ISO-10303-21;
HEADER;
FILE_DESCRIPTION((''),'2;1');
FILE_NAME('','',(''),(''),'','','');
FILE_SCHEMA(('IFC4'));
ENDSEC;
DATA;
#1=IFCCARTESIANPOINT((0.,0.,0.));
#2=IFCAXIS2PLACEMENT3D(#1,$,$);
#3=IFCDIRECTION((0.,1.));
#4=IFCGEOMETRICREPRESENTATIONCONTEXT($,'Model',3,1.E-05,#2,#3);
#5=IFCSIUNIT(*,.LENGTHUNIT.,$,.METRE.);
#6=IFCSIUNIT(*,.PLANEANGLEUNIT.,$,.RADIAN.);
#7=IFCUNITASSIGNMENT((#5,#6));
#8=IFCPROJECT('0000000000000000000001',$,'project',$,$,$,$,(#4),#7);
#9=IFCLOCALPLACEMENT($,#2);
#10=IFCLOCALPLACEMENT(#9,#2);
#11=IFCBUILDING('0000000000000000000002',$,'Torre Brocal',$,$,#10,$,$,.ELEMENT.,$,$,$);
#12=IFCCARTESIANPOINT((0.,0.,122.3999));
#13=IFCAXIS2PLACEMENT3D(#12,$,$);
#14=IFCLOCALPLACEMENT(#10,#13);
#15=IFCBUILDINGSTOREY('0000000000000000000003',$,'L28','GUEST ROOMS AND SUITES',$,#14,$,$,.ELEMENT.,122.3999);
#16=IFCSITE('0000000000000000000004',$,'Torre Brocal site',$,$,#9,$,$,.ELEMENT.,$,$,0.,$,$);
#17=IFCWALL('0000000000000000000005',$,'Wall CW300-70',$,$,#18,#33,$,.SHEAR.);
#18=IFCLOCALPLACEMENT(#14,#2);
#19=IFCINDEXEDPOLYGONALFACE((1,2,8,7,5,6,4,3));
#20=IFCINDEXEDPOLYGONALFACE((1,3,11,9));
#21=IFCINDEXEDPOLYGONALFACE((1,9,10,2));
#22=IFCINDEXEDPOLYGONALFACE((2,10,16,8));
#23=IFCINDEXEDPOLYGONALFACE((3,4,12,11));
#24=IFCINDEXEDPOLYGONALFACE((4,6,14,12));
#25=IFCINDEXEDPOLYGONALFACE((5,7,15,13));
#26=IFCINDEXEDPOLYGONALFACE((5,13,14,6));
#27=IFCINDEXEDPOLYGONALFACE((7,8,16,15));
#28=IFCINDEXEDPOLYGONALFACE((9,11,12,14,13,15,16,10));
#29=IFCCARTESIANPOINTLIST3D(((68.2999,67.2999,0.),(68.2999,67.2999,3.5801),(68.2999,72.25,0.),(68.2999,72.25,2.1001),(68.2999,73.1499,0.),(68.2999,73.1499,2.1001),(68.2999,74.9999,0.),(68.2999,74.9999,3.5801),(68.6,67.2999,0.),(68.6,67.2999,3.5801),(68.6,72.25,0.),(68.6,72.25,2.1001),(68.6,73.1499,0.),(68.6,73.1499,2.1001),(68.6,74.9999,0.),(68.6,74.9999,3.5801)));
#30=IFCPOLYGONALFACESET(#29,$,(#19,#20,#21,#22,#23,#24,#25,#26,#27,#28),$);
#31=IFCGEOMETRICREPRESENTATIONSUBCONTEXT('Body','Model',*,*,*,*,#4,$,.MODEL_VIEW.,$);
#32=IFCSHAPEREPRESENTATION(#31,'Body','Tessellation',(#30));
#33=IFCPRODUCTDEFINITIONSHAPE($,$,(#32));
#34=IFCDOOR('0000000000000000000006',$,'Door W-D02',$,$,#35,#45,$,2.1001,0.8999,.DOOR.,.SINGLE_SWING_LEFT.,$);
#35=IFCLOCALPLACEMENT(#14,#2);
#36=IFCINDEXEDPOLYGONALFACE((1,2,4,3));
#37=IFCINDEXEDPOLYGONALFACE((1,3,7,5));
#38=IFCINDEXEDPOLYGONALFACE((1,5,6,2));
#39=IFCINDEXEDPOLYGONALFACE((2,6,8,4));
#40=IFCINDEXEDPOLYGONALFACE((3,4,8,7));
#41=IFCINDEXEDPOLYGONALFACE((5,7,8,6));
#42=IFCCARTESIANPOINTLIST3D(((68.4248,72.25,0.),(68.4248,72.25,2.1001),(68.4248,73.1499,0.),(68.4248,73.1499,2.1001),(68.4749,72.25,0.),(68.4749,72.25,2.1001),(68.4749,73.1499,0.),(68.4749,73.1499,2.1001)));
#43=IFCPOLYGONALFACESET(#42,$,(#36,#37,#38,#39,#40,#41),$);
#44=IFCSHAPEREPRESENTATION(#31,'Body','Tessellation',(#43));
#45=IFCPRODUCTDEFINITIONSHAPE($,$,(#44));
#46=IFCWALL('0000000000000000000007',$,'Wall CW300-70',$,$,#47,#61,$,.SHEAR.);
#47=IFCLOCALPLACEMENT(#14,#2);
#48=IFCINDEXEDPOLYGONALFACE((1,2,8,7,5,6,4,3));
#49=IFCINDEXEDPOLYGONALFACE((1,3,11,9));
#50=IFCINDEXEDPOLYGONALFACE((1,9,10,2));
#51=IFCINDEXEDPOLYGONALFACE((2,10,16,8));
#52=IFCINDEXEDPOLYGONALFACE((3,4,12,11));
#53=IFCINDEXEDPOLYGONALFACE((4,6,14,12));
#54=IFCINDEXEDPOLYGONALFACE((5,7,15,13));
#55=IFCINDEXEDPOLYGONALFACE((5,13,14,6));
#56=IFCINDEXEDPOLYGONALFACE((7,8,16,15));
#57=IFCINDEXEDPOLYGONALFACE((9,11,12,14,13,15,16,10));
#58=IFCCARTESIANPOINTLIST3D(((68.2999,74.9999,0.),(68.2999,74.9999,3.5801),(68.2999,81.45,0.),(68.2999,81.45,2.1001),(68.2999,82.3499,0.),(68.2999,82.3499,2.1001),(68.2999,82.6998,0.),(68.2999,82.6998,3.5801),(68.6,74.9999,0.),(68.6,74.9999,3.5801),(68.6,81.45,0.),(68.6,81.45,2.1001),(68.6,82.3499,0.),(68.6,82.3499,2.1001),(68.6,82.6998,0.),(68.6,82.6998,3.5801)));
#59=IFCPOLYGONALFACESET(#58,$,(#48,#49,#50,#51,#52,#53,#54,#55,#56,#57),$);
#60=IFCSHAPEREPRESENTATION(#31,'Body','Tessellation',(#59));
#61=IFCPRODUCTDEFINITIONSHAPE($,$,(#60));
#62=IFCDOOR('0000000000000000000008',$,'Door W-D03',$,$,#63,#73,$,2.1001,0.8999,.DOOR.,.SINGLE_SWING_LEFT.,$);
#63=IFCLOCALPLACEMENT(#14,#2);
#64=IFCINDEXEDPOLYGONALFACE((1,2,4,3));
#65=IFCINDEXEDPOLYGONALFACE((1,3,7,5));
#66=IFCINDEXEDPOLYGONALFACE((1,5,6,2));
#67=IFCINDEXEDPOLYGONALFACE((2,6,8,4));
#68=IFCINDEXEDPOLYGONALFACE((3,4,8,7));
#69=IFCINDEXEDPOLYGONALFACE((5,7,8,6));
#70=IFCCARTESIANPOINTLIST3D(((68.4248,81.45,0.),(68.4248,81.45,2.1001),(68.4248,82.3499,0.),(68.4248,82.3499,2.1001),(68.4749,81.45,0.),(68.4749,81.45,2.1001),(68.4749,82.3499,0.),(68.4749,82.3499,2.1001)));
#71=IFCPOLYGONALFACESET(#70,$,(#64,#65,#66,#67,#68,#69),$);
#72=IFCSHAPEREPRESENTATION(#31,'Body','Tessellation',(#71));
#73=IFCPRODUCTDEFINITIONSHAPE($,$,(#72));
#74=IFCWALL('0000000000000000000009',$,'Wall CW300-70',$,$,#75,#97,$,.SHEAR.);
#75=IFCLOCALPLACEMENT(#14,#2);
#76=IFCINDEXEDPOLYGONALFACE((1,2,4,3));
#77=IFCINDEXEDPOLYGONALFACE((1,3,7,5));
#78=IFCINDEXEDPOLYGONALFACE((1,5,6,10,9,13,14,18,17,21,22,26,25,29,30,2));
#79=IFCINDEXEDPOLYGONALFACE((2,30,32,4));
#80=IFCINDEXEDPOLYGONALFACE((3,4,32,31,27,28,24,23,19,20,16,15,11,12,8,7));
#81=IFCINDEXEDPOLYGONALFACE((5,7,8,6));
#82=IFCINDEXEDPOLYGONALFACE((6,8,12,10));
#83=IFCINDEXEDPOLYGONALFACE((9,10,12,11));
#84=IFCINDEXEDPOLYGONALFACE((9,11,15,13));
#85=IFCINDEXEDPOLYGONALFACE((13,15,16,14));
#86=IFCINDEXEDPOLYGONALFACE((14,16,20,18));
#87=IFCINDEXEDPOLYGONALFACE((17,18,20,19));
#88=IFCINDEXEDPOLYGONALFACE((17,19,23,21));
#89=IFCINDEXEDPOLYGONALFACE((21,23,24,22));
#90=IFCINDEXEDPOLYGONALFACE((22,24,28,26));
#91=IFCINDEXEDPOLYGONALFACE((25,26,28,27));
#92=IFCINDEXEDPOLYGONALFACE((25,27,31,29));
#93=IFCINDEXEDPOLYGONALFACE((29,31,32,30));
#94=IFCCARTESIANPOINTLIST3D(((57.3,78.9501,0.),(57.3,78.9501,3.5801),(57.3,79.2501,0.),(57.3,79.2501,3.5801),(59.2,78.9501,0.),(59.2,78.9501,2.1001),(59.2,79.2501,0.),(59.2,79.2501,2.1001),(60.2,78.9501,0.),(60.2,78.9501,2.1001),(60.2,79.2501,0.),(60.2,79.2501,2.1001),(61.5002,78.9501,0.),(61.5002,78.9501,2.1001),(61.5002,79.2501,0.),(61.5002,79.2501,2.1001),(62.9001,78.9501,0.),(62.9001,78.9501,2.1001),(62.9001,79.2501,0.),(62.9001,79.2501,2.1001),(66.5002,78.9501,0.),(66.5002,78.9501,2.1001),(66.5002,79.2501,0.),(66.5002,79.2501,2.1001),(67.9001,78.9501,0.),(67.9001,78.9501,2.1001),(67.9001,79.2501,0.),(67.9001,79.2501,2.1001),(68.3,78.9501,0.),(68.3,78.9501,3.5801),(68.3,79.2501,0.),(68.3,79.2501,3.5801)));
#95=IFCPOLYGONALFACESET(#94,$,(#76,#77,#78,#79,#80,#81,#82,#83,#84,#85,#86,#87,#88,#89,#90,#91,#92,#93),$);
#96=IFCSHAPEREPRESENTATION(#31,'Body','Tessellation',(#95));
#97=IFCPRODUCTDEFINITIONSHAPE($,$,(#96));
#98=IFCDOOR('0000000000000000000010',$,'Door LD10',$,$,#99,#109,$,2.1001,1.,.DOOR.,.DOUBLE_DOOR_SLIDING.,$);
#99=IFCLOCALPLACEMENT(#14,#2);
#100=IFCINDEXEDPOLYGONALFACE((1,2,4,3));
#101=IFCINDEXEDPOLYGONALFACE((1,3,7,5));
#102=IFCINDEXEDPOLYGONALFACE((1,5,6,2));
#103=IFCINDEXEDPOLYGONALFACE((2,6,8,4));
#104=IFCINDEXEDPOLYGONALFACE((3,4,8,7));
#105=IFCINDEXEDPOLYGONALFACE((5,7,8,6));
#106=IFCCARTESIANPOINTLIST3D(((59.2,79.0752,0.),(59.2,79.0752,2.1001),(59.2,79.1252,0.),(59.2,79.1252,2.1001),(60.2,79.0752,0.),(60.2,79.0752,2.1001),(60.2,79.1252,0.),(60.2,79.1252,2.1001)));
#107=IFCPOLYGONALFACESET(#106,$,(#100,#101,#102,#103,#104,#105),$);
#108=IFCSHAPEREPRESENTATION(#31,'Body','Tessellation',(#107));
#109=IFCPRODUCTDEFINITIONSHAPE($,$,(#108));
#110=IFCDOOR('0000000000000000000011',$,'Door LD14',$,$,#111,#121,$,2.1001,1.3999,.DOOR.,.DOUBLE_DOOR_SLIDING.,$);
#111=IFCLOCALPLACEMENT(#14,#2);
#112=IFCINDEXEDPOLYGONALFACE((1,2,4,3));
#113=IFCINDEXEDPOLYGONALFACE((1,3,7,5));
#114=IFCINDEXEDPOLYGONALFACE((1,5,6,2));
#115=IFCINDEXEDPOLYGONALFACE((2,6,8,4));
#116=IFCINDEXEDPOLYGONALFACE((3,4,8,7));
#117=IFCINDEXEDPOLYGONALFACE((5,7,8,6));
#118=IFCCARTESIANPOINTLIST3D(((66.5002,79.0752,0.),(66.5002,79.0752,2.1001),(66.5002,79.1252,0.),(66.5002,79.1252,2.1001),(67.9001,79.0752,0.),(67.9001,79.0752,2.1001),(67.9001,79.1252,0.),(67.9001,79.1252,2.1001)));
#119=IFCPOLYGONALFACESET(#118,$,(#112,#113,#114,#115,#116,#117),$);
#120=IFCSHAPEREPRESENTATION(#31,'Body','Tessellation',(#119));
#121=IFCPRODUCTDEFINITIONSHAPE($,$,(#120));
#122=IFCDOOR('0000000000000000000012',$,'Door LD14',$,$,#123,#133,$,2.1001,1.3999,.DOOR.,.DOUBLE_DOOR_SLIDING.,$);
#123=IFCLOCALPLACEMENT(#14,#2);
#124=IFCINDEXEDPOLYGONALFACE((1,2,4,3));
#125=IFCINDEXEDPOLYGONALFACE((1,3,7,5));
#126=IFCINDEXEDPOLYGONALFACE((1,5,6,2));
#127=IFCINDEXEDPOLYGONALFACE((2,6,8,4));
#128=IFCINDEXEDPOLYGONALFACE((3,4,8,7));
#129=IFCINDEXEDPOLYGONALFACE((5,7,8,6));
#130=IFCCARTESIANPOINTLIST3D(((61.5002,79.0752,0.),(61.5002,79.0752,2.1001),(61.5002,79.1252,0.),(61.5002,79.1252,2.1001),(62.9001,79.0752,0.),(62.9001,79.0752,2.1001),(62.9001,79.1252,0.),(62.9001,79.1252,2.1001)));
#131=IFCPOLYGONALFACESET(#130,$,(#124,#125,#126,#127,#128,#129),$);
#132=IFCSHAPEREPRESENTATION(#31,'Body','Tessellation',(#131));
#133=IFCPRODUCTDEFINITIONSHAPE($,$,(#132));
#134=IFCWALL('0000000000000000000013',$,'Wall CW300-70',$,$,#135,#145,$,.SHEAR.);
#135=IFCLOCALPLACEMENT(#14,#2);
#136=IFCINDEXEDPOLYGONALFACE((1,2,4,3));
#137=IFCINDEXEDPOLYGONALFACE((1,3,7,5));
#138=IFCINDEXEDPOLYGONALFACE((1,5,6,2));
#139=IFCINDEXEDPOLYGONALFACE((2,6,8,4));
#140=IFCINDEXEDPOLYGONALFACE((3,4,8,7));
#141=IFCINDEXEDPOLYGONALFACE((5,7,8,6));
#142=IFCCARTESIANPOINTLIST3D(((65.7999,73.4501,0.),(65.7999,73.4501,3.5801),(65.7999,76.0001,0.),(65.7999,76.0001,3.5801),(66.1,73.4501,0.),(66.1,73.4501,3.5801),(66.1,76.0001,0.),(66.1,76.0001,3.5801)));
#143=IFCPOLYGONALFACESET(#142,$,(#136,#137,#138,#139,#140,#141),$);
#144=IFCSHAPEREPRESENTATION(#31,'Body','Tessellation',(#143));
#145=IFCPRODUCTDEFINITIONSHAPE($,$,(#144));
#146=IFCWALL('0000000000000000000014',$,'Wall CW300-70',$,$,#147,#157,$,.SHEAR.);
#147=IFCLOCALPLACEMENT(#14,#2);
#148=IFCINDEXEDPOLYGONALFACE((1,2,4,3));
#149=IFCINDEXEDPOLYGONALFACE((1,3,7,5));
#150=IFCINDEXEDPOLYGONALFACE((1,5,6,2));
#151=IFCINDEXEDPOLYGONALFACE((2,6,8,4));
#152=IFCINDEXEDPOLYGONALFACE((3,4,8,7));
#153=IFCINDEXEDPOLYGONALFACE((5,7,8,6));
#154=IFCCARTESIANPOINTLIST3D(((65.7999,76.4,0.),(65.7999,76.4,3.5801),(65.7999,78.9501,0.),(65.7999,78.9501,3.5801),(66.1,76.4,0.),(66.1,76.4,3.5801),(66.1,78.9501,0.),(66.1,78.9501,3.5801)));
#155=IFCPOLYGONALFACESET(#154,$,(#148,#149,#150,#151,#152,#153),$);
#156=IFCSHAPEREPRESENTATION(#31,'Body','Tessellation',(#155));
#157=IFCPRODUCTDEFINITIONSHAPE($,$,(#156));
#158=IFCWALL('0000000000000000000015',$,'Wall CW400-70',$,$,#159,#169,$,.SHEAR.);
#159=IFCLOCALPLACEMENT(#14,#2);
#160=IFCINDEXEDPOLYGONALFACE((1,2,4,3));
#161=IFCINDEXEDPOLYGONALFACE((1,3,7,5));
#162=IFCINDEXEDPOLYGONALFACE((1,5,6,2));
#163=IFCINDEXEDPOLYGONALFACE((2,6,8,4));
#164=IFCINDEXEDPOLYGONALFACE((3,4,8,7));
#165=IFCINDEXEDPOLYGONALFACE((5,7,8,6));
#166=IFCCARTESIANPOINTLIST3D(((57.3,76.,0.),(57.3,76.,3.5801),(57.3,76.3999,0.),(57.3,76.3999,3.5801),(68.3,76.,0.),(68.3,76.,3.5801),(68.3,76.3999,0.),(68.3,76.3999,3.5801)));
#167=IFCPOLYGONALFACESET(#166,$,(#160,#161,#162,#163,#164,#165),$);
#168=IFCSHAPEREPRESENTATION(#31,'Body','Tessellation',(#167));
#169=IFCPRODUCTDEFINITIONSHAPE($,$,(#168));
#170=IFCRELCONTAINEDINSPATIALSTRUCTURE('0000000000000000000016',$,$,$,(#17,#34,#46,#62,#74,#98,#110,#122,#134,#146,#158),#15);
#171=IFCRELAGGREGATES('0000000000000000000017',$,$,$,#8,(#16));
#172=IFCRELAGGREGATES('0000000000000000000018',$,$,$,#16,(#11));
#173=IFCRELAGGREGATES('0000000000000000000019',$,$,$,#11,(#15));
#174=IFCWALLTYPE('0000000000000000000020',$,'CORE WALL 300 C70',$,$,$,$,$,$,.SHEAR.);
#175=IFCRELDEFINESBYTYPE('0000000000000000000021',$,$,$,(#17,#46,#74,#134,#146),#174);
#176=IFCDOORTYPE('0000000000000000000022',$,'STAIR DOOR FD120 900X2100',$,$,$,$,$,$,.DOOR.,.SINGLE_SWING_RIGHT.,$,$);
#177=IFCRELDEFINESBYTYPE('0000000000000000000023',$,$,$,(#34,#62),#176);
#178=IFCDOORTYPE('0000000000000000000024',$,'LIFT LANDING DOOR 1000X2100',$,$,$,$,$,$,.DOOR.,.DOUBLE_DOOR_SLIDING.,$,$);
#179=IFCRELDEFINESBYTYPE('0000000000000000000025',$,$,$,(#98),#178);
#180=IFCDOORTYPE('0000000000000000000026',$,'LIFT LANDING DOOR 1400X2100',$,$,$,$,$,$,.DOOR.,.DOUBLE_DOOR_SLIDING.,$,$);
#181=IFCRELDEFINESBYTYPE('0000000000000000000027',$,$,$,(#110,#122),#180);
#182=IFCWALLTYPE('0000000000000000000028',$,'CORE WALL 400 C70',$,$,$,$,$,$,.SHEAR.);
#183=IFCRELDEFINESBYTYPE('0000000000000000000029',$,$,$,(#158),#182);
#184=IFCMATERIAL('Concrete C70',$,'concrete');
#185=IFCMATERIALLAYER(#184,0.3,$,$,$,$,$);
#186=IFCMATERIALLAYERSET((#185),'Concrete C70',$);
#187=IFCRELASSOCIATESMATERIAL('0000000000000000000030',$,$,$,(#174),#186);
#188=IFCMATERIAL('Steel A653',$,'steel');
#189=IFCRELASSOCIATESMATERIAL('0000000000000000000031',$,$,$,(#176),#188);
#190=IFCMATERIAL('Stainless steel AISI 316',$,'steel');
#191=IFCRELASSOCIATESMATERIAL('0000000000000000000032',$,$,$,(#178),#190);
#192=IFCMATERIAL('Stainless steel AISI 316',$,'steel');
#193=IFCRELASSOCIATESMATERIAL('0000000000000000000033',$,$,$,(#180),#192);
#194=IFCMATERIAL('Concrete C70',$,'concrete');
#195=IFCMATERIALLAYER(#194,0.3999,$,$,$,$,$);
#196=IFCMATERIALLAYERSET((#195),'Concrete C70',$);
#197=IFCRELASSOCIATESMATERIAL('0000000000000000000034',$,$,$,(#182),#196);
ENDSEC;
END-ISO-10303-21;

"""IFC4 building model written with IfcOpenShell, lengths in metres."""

from ifc_helpers import new_model, si_unit, direction, frame, frame_2d, origin, place, context, subcontext, project, spatial, rectangle, extrude, material, layer, layer_set, type_object, element, fill, save


model = new_model("IFC4")

# Units and contexts
model_context = context("Model", 3, precision=1e-05, world=origin(), true_north=direction((0.0, 1.0)))
body_context = subcontext(model_context, "Body", "Model", "MODEL_VIEW")
ifc_project = project(units=[si_unit("LENGTHUNIT", "METRE"), si_unit("PLANEANGLEUNIT", "RADIAN")], contexts=[model_context])

# Site, building, storey
site_placement = place(None, origin())
site = spatial("IfcSite", under=ifc_project, at=site_placement, Name="Torre Brocal site", CompositionType="ELEMENT", RefElevation=0.0)
building_placement = place(site_placement, origin())
building = spatial("IfcBuilding", under=site, at=building_placement, Name="Torre Brocal", CompositionType="ELEMENT")
storey_placement = place(building_placement, frame((0.0, 0.0, 122.3999)))
storey = spatial("IfcBuildingStorey", under=building, at=storey_placement, Name="L28", Description="GUEST ROOMS AND SUITES", CompositionType="ELEMENT", Elevation=122.3999)

# Walls, openings, doors
ifc_material_1 = material(Name="Concrete C70", Category="concrete")
ifc_layer_1 = layer(ifc_material_1, 0.3)
ifc_layer_set_1 = layer_set([ifc_layer_1], Name="Concrete C70")
wall_type_1 = type_object("IfcWallType", Name="CORE WALL 300 C70", PredefinedType="SHEAR", material=ifc_layer_set_1)
wall_1_placement = place(storey_placement, frame((68.45, 75.0, 0.0), z_axis=(0.0, 0.0, 1.0), x_axis=(0.0, -1.0, 0.0)))
wall_1 = element("IfcWall", 1, at=wall_1_placement, inside=storey, type_object=wall_type_1, Name="Wall CW300-70", PredefinedType="SHEAR", context=body_context, shape_type="SweptSolid", body=[
    extrude(rectangle(XDim=7.7, YDim=0.3, at=frame_2d((3.8501, 0.0))), origin(), (0.0, 0.0, 1.0), 3.5801),
])
opening_1_placement = place(wall_1_placement, frame((1.8501, 0.0, 0.0)))
opening_1 = element("IfcOpeningElement", 2, at=opening_1_placement, cuts=wall_1, PredefinedType="OPENING", context=body_context, shape_type="SweptSolid", body=[
    extrude(rectangle(XDim=0.8999, YDim=2.1001, at=frame_2d((0.45, 1.05))), frame((0.0, 0.1599, 0.0), z_axis=(0.0, -1.0, 0.0), x_axis=(1.0, 0.0, 0.0)), (0.0, 0.0, 1.0), 0.3201),
])
ifc_material_2 = material(Name="Steel A653", Category="steel")
door_type_1 = type_object("IfcDoorType", Name="STAIR DOOR FD120 900X2100", OperationType="SINGLE_SWING_RIGHT", PredefinedType="DOOR", material=ifc_material_2)
door_1_placement = place(opening_1_placement, origin())
door_1 = element("IfcDoor", 3, at=door_1_placement, inside=storey, type_object=door_type_1, Name="Door W-D02", OperationType="SINGLE_SWING_LEFT", OverallHeight=2.1001, OverallWidth=0.8999, PredefinedType="DOOR", context=body_context, shape_type="SweptSolid", body=[
    extrude(rectangle(XDim=0.8999, YDim=2.1001, at=frame_2d((0.45, 1.05))), frame((0.0, 0.0249, 0.0), z_axis=(0.0, -1.0, 0.0), x_axis=(1.0, 0.0, 0.0)), (0.0, 0.0, 1.0), 0.05),
])
fill(opening_1, door_1)
wall_2_placement = place(storey_placement, frame((68.45, 82.7, 0.0), z_axis=(0.0, 0.0, 1.0), x_axis=(0.0, -1.0, 0.0)))
wall_2 = element("IfcWall", 4, at=wall_2_placement, inside=storey, type_object=wall_type_1, Name="Wall CW300-70", PredefinedType="SHEAR", context=body_context, shape_type="SweptSolid", body=[
    extrude(rectangle(XDim=7.7, YDim=0.3, at=frame_2d((3.8501, 0.0))), origin(), (0.0, 0.0, 1.0), 3.5801),
])
opening_2_placement = place(wall_2_placement, frame((0.3501, 0.0, 0.0)))
opening_2 = element("IfcOpeningElement", 5, at=opening_2_placement, cuts=wall_2, PredefinedType="OPENING", context=body_context, shape_type="SweptSolid", body=[
    extrude(rectangle(XDim=0.8999, YDim=2.1001, at=frame_2d((0.45, 1.05))), frame((0.0, 0.1599, 0.0), z_axis=(0.0, -1.0, 0.0), x_axis=(1.0, 0.0, 0.0)), (0.0, 0.0, 1.0), 0.3201),
])
door_2_placement = place(opening_2_placement, origin())
door_2 = element("IfcDoor", 6, at=door_2_placement, inside=storey, type_object=door_type_1, Name="Door W-D03", OperationType="SINGLE_SWING_LEFT", OverallHeight=2.1001, OverallWidth=0.8999, PredefinedType="DOOR", context=body_context, shape_type="SweptSolid", body=[
    extrude(rectangle(XDim=0.8999, YDim=2.1001, at=frame_2d((0.45, 1.05))), frame((0.0, 0.0249, 0.0), z_axis=(0.0, -1.0, 0.0), x_axis=(1.0, 0.0, 0.0)), (0.0, 0.0, 1.0), 0.05),
])
fill(opening_2, door_2)

# Wall, openings, doors
wall_3_placement = place(storey_placement, frame((68.3, 79.1001, 0.0), z_axis=(0.0, 0.0, 1.0), x_axis=(-1.0, 0.0, 0.0)))
wall_3 = element("IfcWall", 7, at=wall_3_placement, inside=storey, type_object=wall_type_1, Name="Wall CW300-70", PredefinedType="SHEAR", context=body_context, shape_type="SweptSolid", body=[
    extrude(rectangle(XDim=11.0, YDim=0.3, at=frame_2d((5.5, 0.0))), origin(), (0.0, 0.0, 1.0), 3.5801),
])
opening_3_placement = place(wall_3_placement, frame((0.3999, 0.0, 0.0)))
opening_3 = element("IfcOpeningElement", 8, at=opening_3_placement, cuts=wall_3, PredefinedType="OPENING", context=body_context, shape_type="SweptSolid", body=[
    extrude(rectangle(XDim=1.3999, YDim=2.1001, at=frame_2d((0.7, 1.05))), frame((0.0, 0.1599, 0.0), z_axis=(0.0, -1.0, 0.0), x_axis=(1.0, 0.0, 0.0)), (0.0, 0.0, 1.0), 0.3201),
])
opening_4_placement = place(wall_3_placement, frame((5.3999, 0.0, 0.0)))
opening_4 = element("IfcOpeningElement", 9, at=opening_4_placement, cuts=wall_3, PredefinedType="OPENING", context=body_context, shape_type="SweptSolid", body=[
    extrude(rectangle(XDim=1.3999, YDim=2.1001, at=frame_2d((0.7, 1.05))), frame((0.0, 0.1599, 0.0), z_axis=(0.0, -1.0, 0.0), x_axis=(1.0, 0.0, 0.0)), (0.0, 0.0, 1.0), 0.3201),
])
opening_5_placement = place(wall_3_placement, frame((8.1001, 0.0, 0.0)))
opening_5 = element("IfcOpeningElement", 10, at=opening_5_placement, cuts=wall_3, PredefinedType="OPENING", context=body_context, shape_type="SweptSolid", body=[
    extrude(rectangle(XDim=1.0, YDim=2.1001, at=frame_2d((0.5, 1.05))), frame((0.0, 0.1599, 0.0), z_axis=(0.0, -1.0, 0.0), x_axis=(1.0, 0.0, 0.0)), (0.0, 0.0, 1.0), 0.3201),
])
ifc_material_3 = material(Name="Stainless steel AISI 316", Category="steel")
door_type_2 = type_object("IfcDoorType", Name="LIFT LANDING DOOR 1000X2100", OperationType="DOUBLE_DOOR_SLIDING", PredefinedType="DOOR", material=ifc_material_3)
door_3_placement = place(opening_5_placement, origin())
door_3 = element("IfcDoor", 11, at=door_3_placement, inside=storey, type_object=door_type_2, Name="Door LD10", OperationType="DOUBLE_DOOR_SLIDING", OverallHeight=2.1001, OverallWidth=1.0, PredefinedType="DOOR", context=body_context, shape_type="SweptSolid", body=[
    extrude(rectangle(XDim=1.0, YDim=2.1001, at=frame_2d((0.5, 1.05))), frame((0.0, 0.0249, 0.0), z_axis=(0.0, -1.0, 0.0), x_axis=(1.0, 0.0, 0.0)), (0.0, 0.0, 1.0), 0.05),
])
fill(opening_5, door_3)
ifc_material_4 = material(Name="Stainless steel AISI 316", Category="steel")
door_type_3 = type_object("IfcDoorType", Name="LIFT LANDING DOOR 1400X2100", OperationType="DOUBLE_DOOR_SLIDING", PredefinedType="DOOR", material=ifc_material_4)
door_4_placement = place(opening_3_placement, origin())
door_4 = element("IfcDoor", 12, at=door_4_placement, inside=storey, type_object=door_type_3, Name="Door LD14", OperationType="DOUBLE_DOOR_SLIDING", OverallHeight=2.1001, OverallWidth=1.3999, PredefinedType="DOOR", context=body_context, shape_type="SweptSolid", body=[
    extrude(rectangle(XDim=1.3999, YDim=2.1001, at=frame_2d((0.7, 1.05))), frame((0.0, 0.0249, 0.0), z_axis=(0.0, -1.0, 0.0), x_axis=(1.0, 0.0, 0.0)), (0.0, 0.0, 1.0), 0.05),
])
fill(opening_3, door_4)
door_5_placement = place(opening_4_placement, origin())
door_5 = element("IfcDoor", 13, at=door_5_placement, inside=storey, type_object=door_type_3, Name="Door LD14", OperationType="DOUBLE_DOOR_SLIDING", OverallHeight=2.1001, OverallWidth=1.3999, PredefinedType="DOOR", context=body_context, shape_type="SweptSolid", body=[
    extrude(rectangle(XDim=1.3999, YDim=2.1001, at=frame_2d((0.7, 1.05))), frame((0.0, 0.0249, 0.0), z_axis=(0.0, -1.0, 0.0), x_axis=(1.0, 0.0, 0.0)), (0.0, 0.0, 1.0), 0.05),
])
fill(opening_4, door_5)

# Walls
for number, where, z_axis, x_axis, name in (
    (14, (65.95, 76.0, 0.0), (0.0, 0.0, 1.0), (0.0, -1.0, 0.0), "Wall CW300-70"),
    (15, (65.95, 78.95, 0.0), (0.0, 0.0, 1.0), (0.0, -1.0, 0.0), "Wall CW300-70"),
):
    element("IfcWall", number, at=place(storey_placement, frame(where, z_axis=z_axis, x_axis=x_axis)), inside=storey, type_object=wall_type_1, Name=name, PredefinedType="SHEAR", context=body_context, shape_type="SweptSolid", body=[
        extrude(rectangle(XDim=2.55, YDim=0.3, at=frame_2d((1.2749, 0.0))), origin(), (0.0, 0.0, 1.0), 3.5801),
    ])
ifc_material_5 = material(Name="Concrete C70", Category="concrete")
ifc_layer_2 = layer(ifc_material_5, 0.3999)
ifc_layer_set_2 = layer_set([ifc_layer_2], Name="Concrete C70")
wall_type_2 = type_object("IfcWallType", Name="CORE WALL 400 C70", PredefinedType="SHEAR", material=ifc_layer_set_2)
wall_4_placement = place(storey_placement, frame((68.3, 76.2, 0.0), z_axis=(0.0, 0.0, 1.0), x_axis=(-1.0, 0.0, 0.0)))
element("IfcWall", 16, at=wall_4_placement, inside=storey, type_object=wall_type_2, Name="Wall CW400-70", PredefinedType="SHEAR", context=body_context, shape_type="SweptSolid", body=[
    extrude(rectangle(XDim=11.0, YDim=0.3999, at=frame_2d((5.5, 0.0))), origin(), (0.0, 0.0, 1.0), 3.5801),
])

save(model, "model.ifc")
